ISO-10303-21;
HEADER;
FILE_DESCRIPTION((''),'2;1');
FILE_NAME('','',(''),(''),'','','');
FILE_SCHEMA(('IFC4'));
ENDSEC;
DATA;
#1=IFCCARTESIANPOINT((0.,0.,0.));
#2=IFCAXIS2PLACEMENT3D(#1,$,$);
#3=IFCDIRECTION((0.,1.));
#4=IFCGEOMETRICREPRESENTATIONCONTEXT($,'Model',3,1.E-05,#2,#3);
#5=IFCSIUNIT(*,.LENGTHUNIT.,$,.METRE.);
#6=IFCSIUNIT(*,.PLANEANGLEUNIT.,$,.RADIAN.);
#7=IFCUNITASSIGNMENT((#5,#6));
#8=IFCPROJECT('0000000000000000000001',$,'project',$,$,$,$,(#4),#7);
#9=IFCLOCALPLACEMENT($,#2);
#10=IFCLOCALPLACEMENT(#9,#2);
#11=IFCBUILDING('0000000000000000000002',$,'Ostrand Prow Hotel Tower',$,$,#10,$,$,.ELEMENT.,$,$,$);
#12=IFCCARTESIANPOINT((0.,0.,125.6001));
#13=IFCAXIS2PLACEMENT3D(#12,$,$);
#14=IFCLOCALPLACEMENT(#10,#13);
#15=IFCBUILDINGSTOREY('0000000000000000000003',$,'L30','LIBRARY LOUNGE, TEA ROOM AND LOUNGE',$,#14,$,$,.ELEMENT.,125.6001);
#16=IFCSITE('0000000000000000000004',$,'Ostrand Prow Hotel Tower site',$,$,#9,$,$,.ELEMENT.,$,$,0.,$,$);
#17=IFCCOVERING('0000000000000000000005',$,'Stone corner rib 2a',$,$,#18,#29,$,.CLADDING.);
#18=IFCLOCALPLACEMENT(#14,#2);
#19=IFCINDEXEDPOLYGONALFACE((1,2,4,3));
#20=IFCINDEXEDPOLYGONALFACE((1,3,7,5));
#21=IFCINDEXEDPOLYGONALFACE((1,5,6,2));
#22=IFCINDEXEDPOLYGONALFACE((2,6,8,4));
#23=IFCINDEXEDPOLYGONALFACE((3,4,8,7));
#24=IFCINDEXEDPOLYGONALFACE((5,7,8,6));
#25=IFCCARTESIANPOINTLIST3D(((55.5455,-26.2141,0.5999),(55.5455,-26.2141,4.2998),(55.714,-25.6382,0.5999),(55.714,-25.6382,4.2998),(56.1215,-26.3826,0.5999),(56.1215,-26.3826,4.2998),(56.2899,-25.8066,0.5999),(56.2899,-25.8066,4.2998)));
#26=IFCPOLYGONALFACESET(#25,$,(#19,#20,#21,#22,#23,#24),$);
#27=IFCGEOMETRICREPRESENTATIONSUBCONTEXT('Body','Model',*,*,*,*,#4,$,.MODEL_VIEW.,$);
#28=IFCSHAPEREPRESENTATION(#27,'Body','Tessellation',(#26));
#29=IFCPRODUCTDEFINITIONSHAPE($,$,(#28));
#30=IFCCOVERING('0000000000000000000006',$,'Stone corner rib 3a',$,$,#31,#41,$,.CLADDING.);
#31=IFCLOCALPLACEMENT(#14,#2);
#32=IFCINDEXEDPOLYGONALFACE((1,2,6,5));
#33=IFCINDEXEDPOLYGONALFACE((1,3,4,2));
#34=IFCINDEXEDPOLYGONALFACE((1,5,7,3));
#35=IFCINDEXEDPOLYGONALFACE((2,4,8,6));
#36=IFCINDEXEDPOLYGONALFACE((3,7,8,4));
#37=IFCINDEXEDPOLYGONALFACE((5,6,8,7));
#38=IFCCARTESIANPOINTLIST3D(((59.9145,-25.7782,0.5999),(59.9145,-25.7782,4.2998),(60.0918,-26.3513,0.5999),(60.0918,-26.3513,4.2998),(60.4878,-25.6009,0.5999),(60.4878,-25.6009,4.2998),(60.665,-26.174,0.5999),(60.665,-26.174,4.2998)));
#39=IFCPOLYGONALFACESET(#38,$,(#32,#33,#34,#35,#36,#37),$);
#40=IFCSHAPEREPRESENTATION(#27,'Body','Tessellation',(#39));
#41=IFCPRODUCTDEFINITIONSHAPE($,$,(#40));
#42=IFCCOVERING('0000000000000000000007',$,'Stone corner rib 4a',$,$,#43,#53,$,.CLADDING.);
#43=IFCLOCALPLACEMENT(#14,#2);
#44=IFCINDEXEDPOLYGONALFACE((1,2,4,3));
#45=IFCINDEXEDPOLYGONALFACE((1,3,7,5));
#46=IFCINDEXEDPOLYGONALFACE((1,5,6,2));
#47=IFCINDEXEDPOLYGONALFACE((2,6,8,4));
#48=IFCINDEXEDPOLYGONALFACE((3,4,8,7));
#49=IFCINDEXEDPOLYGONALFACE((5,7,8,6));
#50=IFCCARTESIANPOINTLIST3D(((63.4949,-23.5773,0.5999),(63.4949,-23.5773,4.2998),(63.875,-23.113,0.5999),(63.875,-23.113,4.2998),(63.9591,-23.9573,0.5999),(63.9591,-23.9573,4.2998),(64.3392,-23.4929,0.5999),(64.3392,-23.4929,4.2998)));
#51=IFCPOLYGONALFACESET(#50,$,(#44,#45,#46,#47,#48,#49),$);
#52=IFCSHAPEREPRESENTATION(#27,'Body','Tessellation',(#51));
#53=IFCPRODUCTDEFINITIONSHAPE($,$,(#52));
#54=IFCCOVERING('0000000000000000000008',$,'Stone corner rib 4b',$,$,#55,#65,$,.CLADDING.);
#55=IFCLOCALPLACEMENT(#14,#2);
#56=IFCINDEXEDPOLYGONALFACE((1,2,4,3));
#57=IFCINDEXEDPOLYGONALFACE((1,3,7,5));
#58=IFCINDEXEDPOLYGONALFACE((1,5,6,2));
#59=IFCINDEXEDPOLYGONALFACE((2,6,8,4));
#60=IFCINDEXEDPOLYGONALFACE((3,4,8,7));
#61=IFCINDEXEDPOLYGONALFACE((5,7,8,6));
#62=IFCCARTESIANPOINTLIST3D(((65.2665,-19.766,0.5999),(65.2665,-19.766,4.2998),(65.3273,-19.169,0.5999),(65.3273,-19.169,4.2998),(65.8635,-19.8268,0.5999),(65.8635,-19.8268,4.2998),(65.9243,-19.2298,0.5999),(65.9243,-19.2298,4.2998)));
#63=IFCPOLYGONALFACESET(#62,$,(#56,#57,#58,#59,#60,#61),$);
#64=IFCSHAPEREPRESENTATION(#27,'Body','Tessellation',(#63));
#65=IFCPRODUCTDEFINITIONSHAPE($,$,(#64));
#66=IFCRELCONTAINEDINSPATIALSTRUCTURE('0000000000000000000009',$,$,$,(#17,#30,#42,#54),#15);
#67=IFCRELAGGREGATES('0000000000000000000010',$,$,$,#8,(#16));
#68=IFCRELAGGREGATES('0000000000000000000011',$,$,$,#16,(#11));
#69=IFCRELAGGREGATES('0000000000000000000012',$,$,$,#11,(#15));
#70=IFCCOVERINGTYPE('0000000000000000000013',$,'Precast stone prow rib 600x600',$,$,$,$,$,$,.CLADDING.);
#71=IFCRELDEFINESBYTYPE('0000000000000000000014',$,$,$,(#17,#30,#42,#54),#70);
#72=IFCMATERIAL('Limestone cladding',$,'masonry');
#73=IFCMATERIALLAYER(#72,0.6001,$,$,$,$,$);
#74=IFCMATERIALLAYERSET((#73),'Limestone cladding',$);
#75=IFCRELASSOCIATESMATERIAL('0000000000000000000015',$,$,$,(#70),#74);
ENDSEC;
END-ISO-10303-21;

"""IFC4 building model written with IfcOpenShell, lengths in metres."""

from ifc_helpers import new_model, si_unit, direction, frame, frame_2d, origin, place, context, subcontext, project, spatial, rectangle, extrude, material, layer, layer_set, type_object, element, save


model = new_model("IFC4")

# Units and contexts
model_context = context("Model", 3, precision=1e-05, world=origin(), true_north=direction((0.0, 1.0)))
body_context = subcontext(model_context, "Body", "Model", "MODEL_VIEW")
ifc_project = project(units=[si_unit("LENGTHUNIT", "METRE"), si_unit("PLANEANGLEUNIT", "RADIAN")], contexts=[model_context])

# Site, building, storey
site_placement = place(None, origin())
site = spatial("IfcSite", under=ifc_project, at=site_placement, Name="Ostrand Prow Hotel Tower site", CompositionType="ELEMENT", RefElevation=0.0)
building_placement = place(site_placement, origin())
building = spatial("IfcBuilding", under=site, at=building_placement, Name="Ostrand Prow Hotel Tower", CompositionType="ELEMENT")
storey_placement = place(building_placement, frame((0.0, 0.0, 125.6001)))
storey = spatial("IfcBuildingStorey", under=building, at=storey_placement, Name="L30", Description="LIBRARY LOUNGE, TEA ROOM AND LOUNGE", CompositionType="ELEMENT", Elevation=125.6001)

# Coverings
ifc_material_1 = material(Name="Limestone cladding", Category="masonry")
ifc_layer_1 = layer(ifc_material_1, 0.6001)
ifc_layer_set_1 = layer_set([ifc_layer_1], Name="Limestone cladding")
covering_type = type_object("IfcCoveringType", Name="Precast stone prow rib 600x600", PredefinedType="CLADDING", material=ifc_layer_set_1)
covering_1_placement = place(storey_placement, frame((56.002, -25.7224, 0.5999), z_axis=(0.0, 0.0, 1.0), x_axis=(-0.280734, -0.959786, 0.0)))
element("IfcCovering", 1, at=covering_1_placement, inside=storey, type_object=covering_type, Name="Stone corner rib 2a", PredefinedType="CLADDING", context=body_context, shape_type="SweptSolid", body=[
    extrude(rectangle(XDim=0.6001, YDim=0.6001, at=frame_2d((0.3, 0.0))), origin(), (0.0, 0.0, 1.0), 3.7),
])
for number, where, z_axis, x_axis, name in (
    (2, (60.2012, -25.6897, 0.5999), (0.0, 0.0, 1.0), (0.295516, -0.955338, 0.0), "Stone corner rib 3a"),
    (3, (63.6851, -23.3452, 0.5999), (0.0, 0.0, 1.0), (0.77383, -0.633393, 0.0), "Stone corner rib 4a"),
):
    element("IfcCovering", number, at=place(storey_placement, frame(where, z_axis=z_axis, x_axis=x_axis)), inside=storey, type_object=covering_type, Name=name, PredefinedType="CLADDING", context=body_context, shape_type="SweptSolid", body=[
        extrude(rectangle(XDim=0.5999, YDim=0.6001, at=frame_2d((0.2998, 0.0))), origin(), (0.0, 0.0, 1.0), 3.7),
    ])
covering_2_placement = place(storey_placement, frame((65.2969, -19.4675, 0.5999), z_axis=(0.0, 0.0, 1.0), x_axis=(0.994854, -0.101316, 0.0)))
element("IfcCovering", 4, at=covering_2_placement, inside=storey, type_object=covering_type, Name="Stone corner rib 4b", PredefinedType="CLADDING", context=body_context, shape_type="SweptSolid", body=[
    extrude(rectangle(XDim=0.6001, YDim=0.6001, at=frame_2d((0.3, 0.0))), origin(), (0.0, 0.0, 1.0), 3.7),
])

save(model, "model.ifc")
